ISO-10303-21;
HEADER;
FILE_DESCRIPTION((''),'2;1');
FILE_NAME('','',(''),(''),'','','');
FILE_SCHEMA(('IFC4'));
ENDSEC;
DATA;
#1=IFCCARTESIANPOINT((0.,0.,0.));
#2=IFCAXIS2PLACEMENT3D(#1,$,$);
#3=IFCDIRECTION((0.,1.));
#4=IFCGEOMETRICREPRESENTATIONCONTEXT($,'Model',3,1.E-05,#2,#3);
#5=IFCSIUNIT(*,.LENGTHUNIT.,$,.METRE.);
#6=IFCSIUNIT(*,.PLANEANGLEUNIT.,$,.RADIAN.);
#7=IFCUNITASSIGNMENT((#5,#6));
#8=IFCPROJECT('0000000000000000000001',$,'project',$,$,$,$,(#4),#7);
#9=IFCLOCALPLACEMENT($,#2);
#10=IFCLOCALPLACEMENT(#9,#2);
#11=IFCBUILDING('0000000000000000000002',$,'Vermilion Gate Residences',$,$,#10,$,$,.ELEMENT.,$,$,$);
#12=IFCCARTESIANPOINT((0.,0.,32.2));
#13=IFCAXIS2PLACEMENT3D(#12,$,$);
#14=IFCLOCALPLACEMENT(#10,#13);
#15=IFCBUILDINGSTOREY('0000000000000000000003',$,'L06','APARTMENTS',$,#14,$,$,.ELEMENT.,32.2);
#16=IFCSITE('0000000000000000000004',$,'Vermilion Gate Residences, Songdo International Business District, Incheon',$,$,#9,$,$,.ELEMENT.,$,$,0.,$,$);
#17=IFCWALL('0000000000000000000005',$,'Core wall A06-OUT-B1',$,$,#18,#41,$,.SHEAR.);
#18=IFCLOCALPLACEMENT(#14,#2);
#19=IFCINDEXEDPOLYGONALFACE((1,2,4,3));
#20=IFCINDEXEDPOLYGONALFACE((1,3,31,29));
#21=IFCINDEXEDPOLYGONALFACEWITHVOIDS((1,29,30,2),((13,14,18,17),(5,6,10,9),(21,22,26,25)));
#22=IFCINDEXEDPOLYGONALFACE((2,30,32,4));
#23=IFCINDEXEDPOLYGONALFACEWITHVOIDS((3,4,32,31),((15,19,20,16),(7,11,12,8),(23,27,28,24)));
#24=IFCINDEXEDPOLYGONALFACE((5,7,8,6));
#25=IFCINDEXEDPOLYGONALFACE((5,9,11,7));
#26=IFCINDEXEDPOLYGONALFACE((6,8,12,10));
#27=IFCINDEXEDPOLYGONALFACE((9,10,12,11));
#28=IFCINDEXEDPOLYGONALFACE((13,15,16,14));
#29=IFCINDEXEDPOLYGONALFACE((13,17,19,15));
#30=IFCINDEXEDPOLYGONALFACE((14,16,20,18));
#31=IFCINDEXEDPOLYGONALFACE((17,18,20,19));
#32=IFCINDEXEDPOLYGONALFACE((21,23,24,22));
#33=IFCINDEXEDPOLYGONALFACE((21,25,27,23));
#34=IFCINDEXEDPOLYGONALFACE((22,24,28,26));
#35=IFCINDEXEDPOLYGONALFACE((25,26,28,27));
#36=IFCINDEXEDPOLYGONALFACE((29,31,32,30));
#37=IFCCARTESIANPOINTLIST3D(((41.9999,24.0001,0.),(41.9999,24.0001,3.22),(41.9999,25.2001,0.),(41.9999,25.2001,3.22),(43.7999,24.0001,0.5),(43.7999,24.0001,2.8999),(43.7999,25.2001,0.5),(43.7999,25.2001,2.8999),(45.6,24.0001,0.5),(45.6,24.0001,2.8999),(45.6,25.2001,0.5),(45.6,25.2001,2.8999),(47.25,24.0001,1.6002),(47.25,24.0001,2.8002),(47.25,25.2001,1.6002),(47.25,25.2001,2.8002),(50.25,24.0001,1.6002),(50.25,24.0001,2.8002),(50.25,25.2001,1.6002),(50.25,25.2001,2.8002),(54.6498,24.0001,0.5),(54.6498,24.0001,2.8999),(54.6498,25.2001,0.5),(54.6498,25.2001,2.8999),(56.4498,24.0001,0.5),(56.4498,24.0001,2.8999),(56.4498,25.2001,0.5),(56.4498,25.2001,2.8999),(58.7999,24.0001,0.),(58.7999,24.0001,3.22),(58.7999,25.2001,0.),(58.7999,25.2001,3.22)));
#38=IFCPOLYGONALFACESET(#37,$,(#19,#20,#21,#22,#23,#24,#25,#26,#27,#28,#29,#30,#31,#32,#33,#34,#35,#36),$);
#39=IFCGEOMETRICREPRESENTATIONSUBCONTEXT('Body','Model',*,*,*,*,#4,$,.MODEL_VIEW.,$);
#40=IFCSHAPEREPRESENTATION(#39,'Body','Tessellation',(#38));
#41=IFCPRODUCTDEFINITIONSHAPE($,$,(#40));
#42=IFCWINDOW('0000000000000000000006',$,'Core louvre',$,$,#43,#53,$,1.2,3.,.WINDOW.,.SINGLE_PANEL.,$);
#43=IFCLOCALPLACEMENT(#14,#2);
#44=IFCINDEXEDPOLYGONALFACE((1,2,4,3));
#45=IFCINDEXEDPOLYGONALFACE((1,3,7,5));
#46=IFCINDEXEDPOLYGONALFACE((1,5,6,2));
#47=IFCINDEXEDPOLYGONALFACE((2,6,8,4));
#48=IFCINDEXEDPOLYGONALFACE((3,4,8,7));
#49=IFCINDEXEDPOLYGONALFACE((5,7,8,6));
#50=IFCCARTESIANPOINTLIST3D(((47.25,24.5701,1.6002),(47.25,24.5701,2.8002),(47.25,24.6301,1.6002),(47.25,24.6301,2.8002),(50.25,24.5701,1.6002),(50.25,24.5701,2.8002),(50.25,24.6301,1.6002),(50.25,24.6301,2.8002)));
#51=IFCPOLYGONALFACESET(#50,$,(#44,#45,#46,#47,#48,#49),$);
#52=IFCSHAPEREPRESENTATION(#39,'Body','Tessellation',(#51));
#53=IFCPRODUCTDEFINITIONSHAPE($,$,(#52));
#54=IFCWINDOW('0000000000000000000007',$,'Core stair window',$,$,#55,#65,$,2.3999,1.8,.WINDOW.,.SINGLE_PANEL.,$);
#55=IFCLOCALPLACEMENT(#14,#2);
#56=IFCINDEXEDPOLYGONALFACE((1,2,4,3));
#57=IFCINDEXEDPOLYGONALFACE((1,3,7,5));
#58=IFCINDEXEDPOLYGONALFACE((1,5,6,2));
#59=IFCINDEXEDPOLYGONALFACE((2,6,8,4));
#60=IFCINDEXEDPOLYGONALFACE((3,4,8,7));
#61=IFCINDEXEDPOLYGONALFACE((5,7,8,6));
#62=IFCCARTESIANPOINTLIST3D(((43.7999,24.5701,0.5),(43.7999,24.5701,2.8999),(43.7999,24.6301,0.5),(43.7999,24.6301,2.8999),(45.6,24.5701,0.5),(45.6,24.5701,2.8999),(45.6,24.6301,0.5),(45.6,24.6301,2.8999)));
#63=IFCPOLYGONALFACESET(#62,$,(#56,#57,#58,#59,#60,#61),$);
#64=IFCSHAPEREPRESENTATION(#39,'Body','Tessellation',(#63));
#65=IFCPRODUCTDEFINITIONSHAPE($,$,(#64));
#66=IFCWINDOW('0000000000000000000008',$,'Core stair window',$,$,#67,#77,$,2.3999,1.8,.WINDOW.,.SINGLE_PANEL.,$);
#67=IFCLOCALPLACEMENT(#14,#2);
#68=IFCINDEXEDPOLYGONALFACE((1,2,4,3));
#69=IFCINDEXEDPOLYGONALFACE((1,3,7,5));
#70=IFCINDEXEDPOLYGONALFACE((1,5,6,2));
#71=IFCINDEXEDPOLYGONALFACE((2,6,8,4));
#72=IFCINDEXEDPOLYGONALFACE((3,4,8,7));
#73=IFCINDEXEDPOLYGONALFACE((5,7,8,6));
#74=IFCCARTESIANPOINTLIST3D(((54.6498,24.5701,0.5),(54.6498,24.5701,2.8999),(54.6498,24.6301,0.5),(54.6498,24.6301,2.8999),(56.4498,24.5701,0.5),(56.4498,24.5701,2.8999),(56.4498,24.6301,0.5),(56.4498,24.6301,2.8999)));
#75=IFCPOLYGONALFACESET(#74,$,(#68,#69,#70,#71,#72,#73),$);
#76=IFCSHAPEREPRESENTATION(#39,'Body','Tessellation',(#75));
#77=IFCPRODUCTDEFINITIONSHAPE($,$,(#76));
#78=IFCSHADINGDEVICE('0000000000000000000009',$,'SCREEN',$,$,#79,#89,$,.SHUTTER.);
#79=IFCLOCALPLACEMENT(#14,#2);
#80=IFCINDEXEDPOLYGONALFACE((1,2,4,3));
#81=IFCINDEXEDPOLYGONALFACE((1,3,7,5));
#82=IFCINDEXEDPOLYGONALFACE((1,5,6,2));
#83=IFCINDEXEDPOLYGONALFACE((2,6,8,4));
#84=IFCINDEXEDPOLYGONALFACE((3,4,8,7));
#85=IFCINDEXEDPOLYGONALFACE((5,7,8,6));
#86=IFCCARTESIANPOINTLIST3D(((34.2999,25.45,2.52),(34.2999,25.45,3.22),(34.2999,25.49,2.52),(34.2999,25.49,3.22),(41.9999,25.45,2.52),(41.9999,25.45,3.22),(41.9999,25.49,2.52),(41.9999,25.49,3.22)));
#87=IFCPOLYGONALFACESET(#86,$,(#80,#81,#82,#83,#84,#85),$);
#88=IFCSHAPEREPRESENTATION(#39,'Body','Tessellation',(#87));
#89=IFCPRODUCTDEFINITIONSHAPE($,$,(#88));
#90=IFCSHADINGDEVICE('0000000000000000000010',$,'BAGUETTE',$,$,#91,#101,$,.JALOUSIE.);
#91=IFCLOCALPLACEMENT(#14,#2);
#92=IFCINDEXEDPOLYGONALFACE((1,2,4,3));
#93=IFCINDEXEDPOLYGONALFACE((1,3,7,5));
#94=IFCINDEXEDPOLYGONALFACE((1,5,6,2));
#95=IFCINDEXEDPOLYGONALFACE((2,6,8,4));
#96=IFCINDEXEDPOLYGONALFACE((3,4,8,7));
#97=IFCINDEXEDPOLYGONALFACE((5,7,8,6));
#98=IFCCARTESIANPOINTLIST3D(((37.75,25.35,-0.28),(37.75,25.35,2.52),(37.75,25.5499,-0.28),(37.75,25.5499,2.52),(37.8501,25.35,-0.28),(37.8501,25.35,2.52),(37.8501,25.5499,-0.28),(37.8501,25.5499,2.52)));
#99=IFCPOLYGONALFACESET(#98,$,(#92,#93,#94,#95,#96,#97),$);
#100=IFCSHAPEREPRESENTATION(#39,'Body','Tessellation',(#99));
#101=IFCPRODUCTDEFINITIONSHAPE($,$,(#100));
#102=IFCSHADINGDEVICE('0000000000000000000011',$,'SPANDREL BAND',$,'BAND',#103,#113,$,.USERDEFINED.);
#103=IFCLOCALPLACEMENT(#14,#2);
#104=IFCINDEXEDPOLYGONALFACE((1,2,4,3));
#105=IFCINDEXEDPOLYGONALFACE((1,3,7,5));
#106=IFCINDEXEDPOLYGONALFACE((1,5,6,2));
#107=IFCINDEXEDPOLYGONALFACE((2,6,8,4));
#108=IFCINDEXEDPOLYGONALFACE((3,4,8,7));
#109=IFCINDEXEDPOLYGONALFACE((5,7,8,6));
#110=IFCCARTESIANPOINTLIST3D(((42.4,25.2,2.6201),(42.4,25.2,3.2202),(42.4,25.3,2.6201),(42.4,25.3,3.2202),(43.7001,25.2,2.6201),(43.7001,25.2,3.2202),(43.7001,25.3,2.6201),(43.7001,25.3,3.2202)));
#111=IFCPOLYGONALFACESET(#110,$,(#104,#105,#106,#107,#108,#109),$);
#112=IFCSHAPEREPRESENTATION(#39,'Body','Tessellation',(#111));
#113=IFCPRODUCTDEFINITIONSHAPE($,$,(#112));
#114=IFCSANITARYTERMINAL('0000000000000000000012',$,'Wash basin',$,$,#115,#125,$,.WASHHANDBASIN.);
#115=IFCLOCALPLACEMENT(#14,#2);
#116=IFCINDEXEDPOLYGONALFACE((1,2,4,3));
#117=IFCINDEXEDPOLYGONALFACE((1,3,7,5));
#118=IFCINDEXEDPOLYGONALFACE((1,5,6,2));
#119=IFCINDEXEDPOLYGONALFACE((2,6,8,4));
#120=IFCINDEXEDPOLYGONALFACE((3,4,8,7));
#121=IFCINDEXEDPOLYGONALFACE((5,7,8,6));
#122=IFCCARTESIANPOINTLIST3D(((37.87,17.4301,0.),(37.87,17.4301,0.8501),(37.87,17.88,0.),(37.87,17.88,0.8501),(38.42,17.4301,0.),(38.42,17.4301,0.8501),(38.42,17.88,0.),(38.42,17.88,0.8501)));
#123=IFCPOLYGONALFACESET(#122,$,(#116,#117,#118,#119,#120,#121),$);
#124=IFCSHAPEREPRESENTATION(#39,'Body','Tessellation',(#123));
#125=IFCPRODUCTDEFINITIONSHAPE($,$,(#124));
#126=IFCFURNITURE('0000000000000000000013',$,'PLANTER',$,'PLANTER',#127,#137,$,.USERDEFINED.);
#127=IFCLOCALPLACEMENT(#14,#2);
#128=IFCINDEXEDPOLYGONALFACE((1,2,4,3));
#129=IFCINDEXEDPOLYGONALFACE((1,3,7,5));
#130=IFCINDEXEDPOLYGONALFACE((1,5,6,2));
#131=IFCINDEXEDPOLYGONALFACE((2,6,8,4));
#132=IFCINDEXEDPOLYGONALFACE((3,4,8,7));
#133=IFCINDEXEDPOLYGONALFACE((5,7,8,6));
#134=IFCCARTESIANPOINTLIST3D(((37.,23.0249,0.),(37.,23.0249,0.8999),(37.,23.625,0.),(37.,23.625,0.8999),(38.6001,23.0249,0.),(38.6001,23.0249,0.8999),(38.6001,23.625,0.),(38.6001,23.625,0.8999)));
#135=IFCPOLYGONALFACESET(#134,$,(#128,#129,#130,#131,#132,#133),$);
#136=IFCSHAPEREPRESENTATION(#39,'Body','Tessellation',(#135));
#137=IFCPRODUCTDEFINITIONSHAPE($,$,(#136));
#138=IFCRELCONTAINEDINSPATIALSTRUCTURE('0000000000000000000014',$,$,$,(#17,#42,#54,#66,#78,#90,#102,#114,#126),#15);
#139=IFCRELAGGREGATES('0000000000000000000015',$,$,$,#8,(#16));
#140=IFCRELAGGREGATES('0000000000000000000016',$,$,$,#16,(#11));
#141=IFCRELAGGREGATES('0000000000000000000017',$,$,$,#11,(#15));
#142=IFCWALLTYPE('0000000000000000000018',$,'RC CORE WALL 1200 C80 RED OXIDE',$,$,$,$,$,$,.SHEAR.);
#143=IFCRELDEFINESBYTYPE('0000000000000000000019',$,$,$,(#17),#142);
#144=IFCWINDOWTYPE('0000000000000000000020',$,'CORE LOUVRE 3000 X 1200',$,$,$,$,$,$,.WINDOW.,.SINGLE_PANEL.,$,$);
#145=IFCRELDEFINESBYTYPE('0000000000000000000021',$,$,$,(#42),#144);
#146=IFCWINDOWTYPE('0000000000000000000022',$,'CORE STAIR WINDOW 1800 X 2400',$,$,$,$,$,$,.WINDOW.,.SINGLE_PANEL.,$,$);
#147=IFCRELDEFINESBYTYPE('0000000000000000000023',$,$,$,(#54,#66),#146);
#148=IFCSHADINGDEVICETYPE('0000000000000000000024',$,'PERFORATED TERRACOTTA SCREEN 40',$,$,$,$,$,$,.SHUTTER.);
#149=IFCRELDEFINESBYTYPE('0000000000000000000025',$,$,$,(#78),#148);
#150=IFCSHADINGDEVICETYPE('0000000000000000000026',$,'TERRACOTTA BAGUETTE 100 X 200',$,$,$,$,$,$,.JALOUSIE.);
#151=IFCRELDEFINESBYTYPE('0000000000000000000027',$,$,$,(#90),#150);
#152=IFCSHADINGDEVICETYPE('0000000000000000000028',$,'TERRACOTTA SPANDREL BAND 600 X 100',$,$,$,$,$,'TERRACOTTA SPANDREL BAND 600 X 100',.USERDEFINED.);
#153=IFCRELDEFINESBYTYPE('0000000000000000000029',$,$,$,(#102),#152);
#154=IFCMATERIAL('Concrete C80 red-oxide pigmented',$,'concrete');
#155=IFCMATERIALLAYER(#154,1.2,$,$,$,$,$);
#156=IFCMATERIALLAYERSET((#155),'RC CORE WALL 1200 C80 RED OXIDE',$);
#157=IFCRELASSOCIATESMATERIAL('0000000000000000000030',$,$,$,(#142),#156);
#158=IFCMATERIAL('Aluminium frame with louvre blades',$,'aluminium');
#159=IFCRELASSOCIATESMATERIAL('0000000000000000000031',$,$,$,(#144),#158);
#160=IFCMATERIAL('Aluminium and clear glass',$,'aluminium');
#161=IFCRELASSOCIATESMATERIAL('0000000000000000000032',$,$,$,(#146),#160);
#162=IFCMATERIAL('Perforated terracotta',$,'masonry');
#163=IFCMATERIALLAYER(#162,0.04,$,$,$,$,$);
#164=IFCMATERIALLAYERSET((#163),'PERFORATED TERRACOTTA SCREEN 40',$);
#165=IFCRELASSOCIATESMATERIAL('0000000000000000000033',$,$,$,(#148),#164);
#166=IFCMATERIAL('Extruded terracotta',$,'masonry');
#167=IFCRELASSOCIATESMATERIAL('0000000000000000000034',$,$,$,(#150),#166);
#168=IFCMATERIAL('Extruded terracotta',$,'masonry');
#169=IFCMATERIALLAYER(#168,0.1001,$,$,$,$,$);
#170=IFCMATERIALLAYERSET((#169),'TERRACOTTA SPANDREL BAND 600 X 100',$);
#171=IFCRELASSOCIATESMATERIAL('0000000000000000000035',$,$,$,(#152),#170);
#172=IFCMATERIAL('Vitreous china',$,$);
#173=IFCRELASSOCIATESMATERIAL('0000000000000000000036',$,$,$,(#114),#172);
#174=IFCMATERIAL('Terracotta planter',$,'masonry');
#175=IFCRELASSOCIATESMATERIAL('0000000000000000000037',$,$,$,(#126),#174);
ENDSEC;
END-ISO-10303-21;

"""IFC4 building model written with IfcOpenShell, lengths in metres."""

from ifc_helpers import new_model, si_unit, direction, frame, frame_2d, origin, origin_2d, place, context, subcontext, project, spatial, rectangle, extrude, material, layer, layer_set, material_profile, profile_set, type_object, element, fill, save


model = new_model("IFC4")

# Units and contexts
model_context = context("Model", 3, precision=1e-05, world=origin(), true_north=direction((0.0, 1.0)))
body_context = subcontext(model_context, "Body", "Model", "MODEL_VIEW")
ifc_project = project(units=[si_unit("LENGTHUNIT", "METRE"), si_unit("PLANEANGLEUNIT", "RADIAN")], contexts=[model_context])

# Site, building, storey
site_placement = place(None, origin())
site = spatial("IfcSite", under=ifc_project, at=site_placement, Name="Vermilion Gate Residences, Songdo International Business District, Incheon", CompositionType="ELEMENT", RefElevation=0.0)
building_placement = place(site_placement, origin())
building = spatial("IfcBuilding", under=site, at=building_placement, Name="Vermilion Gate Residences", CompositionType="ELEMENT")
storey_placement = place(building_placement, frame((0.0, 0.0, 32.2)))
storey = spatial("IfcBuildingStorey", under=building, at=storey_placement, Name="L06", Description="APARTMENTS", CompositionType="ELEMENT", Elevation=32.2)

# Wall, openings, windows
ifc_material_1 = material(Name="Concrete C80 red-oxide pigmented", Category="concrete")
ifc_layer_1 = layer(ifc_material_1, 1.2)
ifc_layer_set_1 = layer_set([ifc_layer_1], Name="RC CORE WALL 1200 C80 RED OXIDE")
wall_type_1 = type_object("IfcWallType", Name="RC CORE WALL 1200 C80 RED OXIDE", PredefinedType="SHEAR", material=ifc_layer_set_1)
wall_1_placement = place(storey_placement, frame((42.0, 24.6001, 0.0), z_axis=(0.0, 0.0, 1.0), x_axis=(1.0, 0.0, 0.0)))
wall_1 = element("IfcWall", 1, at=wall_1_placement, inside=storey, type_object=wall_type_1, Name="Core wall A06-OUT-B1", PredefinedType="SHEAR", context=body_context, shape_type="SweptSolid", body=[
    extrude(rectangle(XDim=16.8, YDim=1.2, at=frame_2d((8.3999, 0.0))), origin(), (0.0, 0.0, 1.0), 3.22),
])
opening_1_placement = place(wall_1_placement, frame((1.8, 0.0, 0.5)))
opening_1 = element("IfcOpeningElement", 2, at=opening_1_placement, cuts=wall_1, PredefinedType="OPENING", context=body_context, shape_type="SweptSolid", body=[
    extrude(rectangle(XDim=1.8, YDim=2.3999, at=frame_2d((0.8999, 1.2))), frame((0.0, 0.6099, 0.0), z_axis=(0.0, -1.0, 0.0), x_axis=(1.0, 0.0, 0.0)), (0.0, 0.0, 1.0), 1.22),
])
opening_2_placement = place(wall_1_placement, frame((5.25, 0.0, 1.6001)))
opening_2 = element("IfcOpeningElement", 3, at=opening_2_placement, cuts=wall_1, PredefinedType="OPENING", context=body_context, shape_type="SweptSolid", body=[
    extrude(rectangle(XDim=3.0, YDim=1.2, at=frame_2d((1.5, 0.6001))), frame((0.0, 0.6099, 0.0), z_axis=(0.0, -1.0, 0.0), x_axis=(1.0, 0.0, 0.0)), (0.0, 0.0, 1.0), 1.22),
])
opening_3_placement = place(wall_1_placement, frame((12.6499, 0.0, 0.5)))
opening_3 = element("IfcOpeningElement", 4, at=opening_3_placement, cuts=wall_1, PredefinedType="OPENING", context=body_context, shape_type="SweptSolid", body=[
    extrude(rectangle(XDim=1.8, YDim=2.3999, at=frame_2d((0.8999, 1.2))), frame((0.0, 0.6099, 0.0), z_axis=(0.0, -1.0, 0.0), x_axis=(1.0, 0.0, 0.0)), (0.0, 0.0, 1.0), 1.22),
])
ifc_material_2 = material(Name="Aluminium frame with louvre blades", Category="aluminium")
window_type_1 = type_object("IfcWindowType", Name="CORE LOUVRE 3000 X 1200", PartitioningType="SINGLE_PANEL", PredefinedType="WINDOW", material=ifc_material_2)
window_1_placement = place(opening_2_placement, origin())
window_1 = element("IfcWindow", 5, at=window_1_placement, inside=storey, type_object=window_type_1, Name="Core louvre", OverallHeight=1.2, OverallWidth=3.0, PartitioningType="SINGLE_PANEL", PredefinedType="WINDOW", context=body_context, shape_type="SweptSolid", body=[
    extrude(rectangle(XDim=3.0, YDim=1.2, at=frame_2d((1.5, 0.6001))), frame((0.0, 0.03, 0.0), z_axis=(0.0, -1.0, 0.0), x_axis=(1.0, 0.0, 0.0)), (0.0, 0.0, 1.0), 0.0601),
])
fill(opening_2, window_1)
ifc_material_3 = material(Name="Aluminium and clear glass", Category="aluminium")
window_type_2 = type_object("IfcWindowType", Name="CORE STAIR WINDOW 1800 X 2400", PartitioningType="SINGLE_PANEL", PredefinedType="WINDOW", material=ifc_material_3)
window_2_placement = place(opening_1_placement, origin())
window_2 = element("IfcWindow", 6, at=window_2_placement, inside=storey, type_object=window_type_2, Name="Core stair window", OverallHeight=2.3999, OverallWidth=1.8, PartitioningType="SINGLE_PANEL", PredefinedType="WINDOW", context=body_context, shape_type="SweptSolid", body=[
    extrude(rectangle(XDim=1.8, YDim=2.3999, at=frame_2d((0.8999, 1.2))), frame((0.0, 0.03, 0.0), z_axis=(0.0, -1.0, 0.0), x_axis=(1.0, 0.0, 0.0)), (0.0, 0.0, 1.0), 0.0601),
])
fill(opening_1, window_2)
window_3_placement = place(opening_3_placement, origin())
window_3 = element("IfcWindow", 7, at=window_3_placement, inside=storey, type_object=window_type_2, Name="Core stair window", OverallHeight=2.3999, OverallWidth=1.8, PartitioningType="SINGLE_PANEL", PredefinedType="WINDOW", context=body_context, shape_type="SweptSolid", body=[
    extrude(rectangle(XDim=1.8, YDim=2.3999, at=frame_2d((0.8999, 1.2))), frame((0.0, 0.03, 0.0), z_axis=(0.0, -1.0, 0.0), x_axis=(1.0, 0.0, 0.0)), (0.0, 0.0, 1.0), 0.0601),
])
fill(opening_3, window_3)

# Shading devices
ifc_material_4 = material(Name="Perforated terracotta", Category="masonry")
ifc_layer_2 = layer(ifc_material_4, 0.04)
ifc_layer_set_2 = layer_set([ifc_layer_2], Name="PERFORATED TERRACOTTA SCREEN 40")
shading_device_type_1 = type_object("IfcShadingDeviceType", Name="PERFORATED TERRACOTTA SCREEN 40", PredefinedType="SHUTTER", material=ifc_layer_set_2)
shading_device_1_placement = place(storey_placement, frame((38.1499, 25.47, 2.52), z_axis=(0.0, 0.0, 1.0), x_axis=(-1.0, 0.0, 0.0)))
element("IfcShadingDevice", 8, at=shading_device_1_placement, inside=storey, type_object=shading_device_type_1, Name="SCREEN", PredefinedType="SHUTTER", context=body_context, shape_type="SweptSolid", body=[
    extrude(rectangle(XDim=7.7, YDim=0.04, at=origin_2d()), origin(), (0.0, 0.0, 1.0), 0.7),
])
ifc_material_5 = material(Name="Extruded terracotta", Category="masonry")
ifc_material_profile_1 = material_profile(ifc_material_5, rectangle(XDim=0.2, YDim=0.1001, at=origin_2d()), Name="BAGUETTE 100 X 200")
ifc_profile_set_1 = profile_set([ifc_material_profile_1], Name="Extruded terracotta")
shading_device_type_2 = type_object("IfcShadingDeviceType", Name="TERRACOTTA BAGUETTE 100 X 200", PredefinedType="JALOUSIE", material=ifc_profile_set_1)
shading_device_2_placement = place(storey_placement, frame((37.8, 25.45, -0.28), z_axis=(0.0, 0.0, 1.0), x_axis=(0.0, -1.0, 0.0)))
element("IfcShadingDevice", 9, at=shading_device_2_placement, inside=storey, type_object=shading_device_type_2, Name="BAGUETTE", PredefinedType="JALOUSIE", context=body_context, shape_type="SweptSolid", body=[
    extrude(rectangle(XDim=0.2, YDim=0.1001, at=origin_2d()), origin(), (0.0, 0.0, 1.0), 2.8),
])
ifc_material_6 = material(Name="Extruded terracotta", Category="masonry")
ifc_layer_3 = layer(ifc_material_6, 0.1001)
ifc_layer_set_3 = layer_set([ifc_layer_3], Name="TERRACOTTA SPANDREL BAND 600 X 100")
shading_device_type_3 = type_object("IfcShadingDeviceType", Name="TERRACOTTA SPANDREL BAND 600 X 100", ElementType="TERRACOTTA SPANDREL BAND 600 X 100", PredefinedType="USERDEFINED", material=ifc_layer_set_3)
shading_device_3_placement = place(storey_placement, frame((43.05, 25.25, 2.6201), z_axis=(0.0, 0.0, 1.0), x_axis=(1.0, 0.0, 0.0)))
element("IfcShadingDevice", 10, at=shading_device_3_placement, inside=storey, type_object=shading_device_type_3, Name="SPANDREL BAND", ObjectType="BAND", PredefinedType="USERDEFINED", context=body_context, shape_type="SweptSolid", body=[
    extrude(rectangle(XDim=1.3, YDim=0.1001, at=origin_2d()), origin(), (0.0, 0.0, 1.0), 0.6001),
])

# Sanitary terminal
ifc_material_7 = material(Name="Vitreous china")
sanitary_terminal_placement = place(storey_placement, frame((38.145, 17.655, 0.0), z_axis=(0.0, 0.0, 1.0), x_axis=(1.0, 0.0, 0.0)))
element("IfcSanitaryTerminal", 11, at=sanitary_terminal_placement, inside=storey, material=ifc_material_7, Name="Wash basin", PredefinedType="WASHHANDBASIN", context=body_context, shape_type="SweptSolid", body=[
    extrude(rectangle(XDim=0.55, YDim=0.45, at=origin_2d()), origin(), (0.0, 0.0, 1.0), 0.8501),
])

# Furniture
ifc_material_8 = material(Name="Terracotta planter", Category="masonry")
furniture_placement = place(storey_placement, frame((37.8, 23.325, 0.0), z_axis=(0.0, 0.0, 1.0), x_axis=(-1.0, 0.0, 0.0)))
element("IfcFurniture", 12, at=furniture_placement, inside=storey, material=ifc_material_8, Name="PLANTER", ObjectType="PLANTER", PredefinedType="USERDEFINED", context=body_context, shape_type="SweptSolid", body=[
    extrude(rectangle(XDim=1.6001, YDim=0.6001, at=origin_2d()), origin(), (0.0, 0.0, 1.0), 0.8999),
])

save(model, "model.ifc")
